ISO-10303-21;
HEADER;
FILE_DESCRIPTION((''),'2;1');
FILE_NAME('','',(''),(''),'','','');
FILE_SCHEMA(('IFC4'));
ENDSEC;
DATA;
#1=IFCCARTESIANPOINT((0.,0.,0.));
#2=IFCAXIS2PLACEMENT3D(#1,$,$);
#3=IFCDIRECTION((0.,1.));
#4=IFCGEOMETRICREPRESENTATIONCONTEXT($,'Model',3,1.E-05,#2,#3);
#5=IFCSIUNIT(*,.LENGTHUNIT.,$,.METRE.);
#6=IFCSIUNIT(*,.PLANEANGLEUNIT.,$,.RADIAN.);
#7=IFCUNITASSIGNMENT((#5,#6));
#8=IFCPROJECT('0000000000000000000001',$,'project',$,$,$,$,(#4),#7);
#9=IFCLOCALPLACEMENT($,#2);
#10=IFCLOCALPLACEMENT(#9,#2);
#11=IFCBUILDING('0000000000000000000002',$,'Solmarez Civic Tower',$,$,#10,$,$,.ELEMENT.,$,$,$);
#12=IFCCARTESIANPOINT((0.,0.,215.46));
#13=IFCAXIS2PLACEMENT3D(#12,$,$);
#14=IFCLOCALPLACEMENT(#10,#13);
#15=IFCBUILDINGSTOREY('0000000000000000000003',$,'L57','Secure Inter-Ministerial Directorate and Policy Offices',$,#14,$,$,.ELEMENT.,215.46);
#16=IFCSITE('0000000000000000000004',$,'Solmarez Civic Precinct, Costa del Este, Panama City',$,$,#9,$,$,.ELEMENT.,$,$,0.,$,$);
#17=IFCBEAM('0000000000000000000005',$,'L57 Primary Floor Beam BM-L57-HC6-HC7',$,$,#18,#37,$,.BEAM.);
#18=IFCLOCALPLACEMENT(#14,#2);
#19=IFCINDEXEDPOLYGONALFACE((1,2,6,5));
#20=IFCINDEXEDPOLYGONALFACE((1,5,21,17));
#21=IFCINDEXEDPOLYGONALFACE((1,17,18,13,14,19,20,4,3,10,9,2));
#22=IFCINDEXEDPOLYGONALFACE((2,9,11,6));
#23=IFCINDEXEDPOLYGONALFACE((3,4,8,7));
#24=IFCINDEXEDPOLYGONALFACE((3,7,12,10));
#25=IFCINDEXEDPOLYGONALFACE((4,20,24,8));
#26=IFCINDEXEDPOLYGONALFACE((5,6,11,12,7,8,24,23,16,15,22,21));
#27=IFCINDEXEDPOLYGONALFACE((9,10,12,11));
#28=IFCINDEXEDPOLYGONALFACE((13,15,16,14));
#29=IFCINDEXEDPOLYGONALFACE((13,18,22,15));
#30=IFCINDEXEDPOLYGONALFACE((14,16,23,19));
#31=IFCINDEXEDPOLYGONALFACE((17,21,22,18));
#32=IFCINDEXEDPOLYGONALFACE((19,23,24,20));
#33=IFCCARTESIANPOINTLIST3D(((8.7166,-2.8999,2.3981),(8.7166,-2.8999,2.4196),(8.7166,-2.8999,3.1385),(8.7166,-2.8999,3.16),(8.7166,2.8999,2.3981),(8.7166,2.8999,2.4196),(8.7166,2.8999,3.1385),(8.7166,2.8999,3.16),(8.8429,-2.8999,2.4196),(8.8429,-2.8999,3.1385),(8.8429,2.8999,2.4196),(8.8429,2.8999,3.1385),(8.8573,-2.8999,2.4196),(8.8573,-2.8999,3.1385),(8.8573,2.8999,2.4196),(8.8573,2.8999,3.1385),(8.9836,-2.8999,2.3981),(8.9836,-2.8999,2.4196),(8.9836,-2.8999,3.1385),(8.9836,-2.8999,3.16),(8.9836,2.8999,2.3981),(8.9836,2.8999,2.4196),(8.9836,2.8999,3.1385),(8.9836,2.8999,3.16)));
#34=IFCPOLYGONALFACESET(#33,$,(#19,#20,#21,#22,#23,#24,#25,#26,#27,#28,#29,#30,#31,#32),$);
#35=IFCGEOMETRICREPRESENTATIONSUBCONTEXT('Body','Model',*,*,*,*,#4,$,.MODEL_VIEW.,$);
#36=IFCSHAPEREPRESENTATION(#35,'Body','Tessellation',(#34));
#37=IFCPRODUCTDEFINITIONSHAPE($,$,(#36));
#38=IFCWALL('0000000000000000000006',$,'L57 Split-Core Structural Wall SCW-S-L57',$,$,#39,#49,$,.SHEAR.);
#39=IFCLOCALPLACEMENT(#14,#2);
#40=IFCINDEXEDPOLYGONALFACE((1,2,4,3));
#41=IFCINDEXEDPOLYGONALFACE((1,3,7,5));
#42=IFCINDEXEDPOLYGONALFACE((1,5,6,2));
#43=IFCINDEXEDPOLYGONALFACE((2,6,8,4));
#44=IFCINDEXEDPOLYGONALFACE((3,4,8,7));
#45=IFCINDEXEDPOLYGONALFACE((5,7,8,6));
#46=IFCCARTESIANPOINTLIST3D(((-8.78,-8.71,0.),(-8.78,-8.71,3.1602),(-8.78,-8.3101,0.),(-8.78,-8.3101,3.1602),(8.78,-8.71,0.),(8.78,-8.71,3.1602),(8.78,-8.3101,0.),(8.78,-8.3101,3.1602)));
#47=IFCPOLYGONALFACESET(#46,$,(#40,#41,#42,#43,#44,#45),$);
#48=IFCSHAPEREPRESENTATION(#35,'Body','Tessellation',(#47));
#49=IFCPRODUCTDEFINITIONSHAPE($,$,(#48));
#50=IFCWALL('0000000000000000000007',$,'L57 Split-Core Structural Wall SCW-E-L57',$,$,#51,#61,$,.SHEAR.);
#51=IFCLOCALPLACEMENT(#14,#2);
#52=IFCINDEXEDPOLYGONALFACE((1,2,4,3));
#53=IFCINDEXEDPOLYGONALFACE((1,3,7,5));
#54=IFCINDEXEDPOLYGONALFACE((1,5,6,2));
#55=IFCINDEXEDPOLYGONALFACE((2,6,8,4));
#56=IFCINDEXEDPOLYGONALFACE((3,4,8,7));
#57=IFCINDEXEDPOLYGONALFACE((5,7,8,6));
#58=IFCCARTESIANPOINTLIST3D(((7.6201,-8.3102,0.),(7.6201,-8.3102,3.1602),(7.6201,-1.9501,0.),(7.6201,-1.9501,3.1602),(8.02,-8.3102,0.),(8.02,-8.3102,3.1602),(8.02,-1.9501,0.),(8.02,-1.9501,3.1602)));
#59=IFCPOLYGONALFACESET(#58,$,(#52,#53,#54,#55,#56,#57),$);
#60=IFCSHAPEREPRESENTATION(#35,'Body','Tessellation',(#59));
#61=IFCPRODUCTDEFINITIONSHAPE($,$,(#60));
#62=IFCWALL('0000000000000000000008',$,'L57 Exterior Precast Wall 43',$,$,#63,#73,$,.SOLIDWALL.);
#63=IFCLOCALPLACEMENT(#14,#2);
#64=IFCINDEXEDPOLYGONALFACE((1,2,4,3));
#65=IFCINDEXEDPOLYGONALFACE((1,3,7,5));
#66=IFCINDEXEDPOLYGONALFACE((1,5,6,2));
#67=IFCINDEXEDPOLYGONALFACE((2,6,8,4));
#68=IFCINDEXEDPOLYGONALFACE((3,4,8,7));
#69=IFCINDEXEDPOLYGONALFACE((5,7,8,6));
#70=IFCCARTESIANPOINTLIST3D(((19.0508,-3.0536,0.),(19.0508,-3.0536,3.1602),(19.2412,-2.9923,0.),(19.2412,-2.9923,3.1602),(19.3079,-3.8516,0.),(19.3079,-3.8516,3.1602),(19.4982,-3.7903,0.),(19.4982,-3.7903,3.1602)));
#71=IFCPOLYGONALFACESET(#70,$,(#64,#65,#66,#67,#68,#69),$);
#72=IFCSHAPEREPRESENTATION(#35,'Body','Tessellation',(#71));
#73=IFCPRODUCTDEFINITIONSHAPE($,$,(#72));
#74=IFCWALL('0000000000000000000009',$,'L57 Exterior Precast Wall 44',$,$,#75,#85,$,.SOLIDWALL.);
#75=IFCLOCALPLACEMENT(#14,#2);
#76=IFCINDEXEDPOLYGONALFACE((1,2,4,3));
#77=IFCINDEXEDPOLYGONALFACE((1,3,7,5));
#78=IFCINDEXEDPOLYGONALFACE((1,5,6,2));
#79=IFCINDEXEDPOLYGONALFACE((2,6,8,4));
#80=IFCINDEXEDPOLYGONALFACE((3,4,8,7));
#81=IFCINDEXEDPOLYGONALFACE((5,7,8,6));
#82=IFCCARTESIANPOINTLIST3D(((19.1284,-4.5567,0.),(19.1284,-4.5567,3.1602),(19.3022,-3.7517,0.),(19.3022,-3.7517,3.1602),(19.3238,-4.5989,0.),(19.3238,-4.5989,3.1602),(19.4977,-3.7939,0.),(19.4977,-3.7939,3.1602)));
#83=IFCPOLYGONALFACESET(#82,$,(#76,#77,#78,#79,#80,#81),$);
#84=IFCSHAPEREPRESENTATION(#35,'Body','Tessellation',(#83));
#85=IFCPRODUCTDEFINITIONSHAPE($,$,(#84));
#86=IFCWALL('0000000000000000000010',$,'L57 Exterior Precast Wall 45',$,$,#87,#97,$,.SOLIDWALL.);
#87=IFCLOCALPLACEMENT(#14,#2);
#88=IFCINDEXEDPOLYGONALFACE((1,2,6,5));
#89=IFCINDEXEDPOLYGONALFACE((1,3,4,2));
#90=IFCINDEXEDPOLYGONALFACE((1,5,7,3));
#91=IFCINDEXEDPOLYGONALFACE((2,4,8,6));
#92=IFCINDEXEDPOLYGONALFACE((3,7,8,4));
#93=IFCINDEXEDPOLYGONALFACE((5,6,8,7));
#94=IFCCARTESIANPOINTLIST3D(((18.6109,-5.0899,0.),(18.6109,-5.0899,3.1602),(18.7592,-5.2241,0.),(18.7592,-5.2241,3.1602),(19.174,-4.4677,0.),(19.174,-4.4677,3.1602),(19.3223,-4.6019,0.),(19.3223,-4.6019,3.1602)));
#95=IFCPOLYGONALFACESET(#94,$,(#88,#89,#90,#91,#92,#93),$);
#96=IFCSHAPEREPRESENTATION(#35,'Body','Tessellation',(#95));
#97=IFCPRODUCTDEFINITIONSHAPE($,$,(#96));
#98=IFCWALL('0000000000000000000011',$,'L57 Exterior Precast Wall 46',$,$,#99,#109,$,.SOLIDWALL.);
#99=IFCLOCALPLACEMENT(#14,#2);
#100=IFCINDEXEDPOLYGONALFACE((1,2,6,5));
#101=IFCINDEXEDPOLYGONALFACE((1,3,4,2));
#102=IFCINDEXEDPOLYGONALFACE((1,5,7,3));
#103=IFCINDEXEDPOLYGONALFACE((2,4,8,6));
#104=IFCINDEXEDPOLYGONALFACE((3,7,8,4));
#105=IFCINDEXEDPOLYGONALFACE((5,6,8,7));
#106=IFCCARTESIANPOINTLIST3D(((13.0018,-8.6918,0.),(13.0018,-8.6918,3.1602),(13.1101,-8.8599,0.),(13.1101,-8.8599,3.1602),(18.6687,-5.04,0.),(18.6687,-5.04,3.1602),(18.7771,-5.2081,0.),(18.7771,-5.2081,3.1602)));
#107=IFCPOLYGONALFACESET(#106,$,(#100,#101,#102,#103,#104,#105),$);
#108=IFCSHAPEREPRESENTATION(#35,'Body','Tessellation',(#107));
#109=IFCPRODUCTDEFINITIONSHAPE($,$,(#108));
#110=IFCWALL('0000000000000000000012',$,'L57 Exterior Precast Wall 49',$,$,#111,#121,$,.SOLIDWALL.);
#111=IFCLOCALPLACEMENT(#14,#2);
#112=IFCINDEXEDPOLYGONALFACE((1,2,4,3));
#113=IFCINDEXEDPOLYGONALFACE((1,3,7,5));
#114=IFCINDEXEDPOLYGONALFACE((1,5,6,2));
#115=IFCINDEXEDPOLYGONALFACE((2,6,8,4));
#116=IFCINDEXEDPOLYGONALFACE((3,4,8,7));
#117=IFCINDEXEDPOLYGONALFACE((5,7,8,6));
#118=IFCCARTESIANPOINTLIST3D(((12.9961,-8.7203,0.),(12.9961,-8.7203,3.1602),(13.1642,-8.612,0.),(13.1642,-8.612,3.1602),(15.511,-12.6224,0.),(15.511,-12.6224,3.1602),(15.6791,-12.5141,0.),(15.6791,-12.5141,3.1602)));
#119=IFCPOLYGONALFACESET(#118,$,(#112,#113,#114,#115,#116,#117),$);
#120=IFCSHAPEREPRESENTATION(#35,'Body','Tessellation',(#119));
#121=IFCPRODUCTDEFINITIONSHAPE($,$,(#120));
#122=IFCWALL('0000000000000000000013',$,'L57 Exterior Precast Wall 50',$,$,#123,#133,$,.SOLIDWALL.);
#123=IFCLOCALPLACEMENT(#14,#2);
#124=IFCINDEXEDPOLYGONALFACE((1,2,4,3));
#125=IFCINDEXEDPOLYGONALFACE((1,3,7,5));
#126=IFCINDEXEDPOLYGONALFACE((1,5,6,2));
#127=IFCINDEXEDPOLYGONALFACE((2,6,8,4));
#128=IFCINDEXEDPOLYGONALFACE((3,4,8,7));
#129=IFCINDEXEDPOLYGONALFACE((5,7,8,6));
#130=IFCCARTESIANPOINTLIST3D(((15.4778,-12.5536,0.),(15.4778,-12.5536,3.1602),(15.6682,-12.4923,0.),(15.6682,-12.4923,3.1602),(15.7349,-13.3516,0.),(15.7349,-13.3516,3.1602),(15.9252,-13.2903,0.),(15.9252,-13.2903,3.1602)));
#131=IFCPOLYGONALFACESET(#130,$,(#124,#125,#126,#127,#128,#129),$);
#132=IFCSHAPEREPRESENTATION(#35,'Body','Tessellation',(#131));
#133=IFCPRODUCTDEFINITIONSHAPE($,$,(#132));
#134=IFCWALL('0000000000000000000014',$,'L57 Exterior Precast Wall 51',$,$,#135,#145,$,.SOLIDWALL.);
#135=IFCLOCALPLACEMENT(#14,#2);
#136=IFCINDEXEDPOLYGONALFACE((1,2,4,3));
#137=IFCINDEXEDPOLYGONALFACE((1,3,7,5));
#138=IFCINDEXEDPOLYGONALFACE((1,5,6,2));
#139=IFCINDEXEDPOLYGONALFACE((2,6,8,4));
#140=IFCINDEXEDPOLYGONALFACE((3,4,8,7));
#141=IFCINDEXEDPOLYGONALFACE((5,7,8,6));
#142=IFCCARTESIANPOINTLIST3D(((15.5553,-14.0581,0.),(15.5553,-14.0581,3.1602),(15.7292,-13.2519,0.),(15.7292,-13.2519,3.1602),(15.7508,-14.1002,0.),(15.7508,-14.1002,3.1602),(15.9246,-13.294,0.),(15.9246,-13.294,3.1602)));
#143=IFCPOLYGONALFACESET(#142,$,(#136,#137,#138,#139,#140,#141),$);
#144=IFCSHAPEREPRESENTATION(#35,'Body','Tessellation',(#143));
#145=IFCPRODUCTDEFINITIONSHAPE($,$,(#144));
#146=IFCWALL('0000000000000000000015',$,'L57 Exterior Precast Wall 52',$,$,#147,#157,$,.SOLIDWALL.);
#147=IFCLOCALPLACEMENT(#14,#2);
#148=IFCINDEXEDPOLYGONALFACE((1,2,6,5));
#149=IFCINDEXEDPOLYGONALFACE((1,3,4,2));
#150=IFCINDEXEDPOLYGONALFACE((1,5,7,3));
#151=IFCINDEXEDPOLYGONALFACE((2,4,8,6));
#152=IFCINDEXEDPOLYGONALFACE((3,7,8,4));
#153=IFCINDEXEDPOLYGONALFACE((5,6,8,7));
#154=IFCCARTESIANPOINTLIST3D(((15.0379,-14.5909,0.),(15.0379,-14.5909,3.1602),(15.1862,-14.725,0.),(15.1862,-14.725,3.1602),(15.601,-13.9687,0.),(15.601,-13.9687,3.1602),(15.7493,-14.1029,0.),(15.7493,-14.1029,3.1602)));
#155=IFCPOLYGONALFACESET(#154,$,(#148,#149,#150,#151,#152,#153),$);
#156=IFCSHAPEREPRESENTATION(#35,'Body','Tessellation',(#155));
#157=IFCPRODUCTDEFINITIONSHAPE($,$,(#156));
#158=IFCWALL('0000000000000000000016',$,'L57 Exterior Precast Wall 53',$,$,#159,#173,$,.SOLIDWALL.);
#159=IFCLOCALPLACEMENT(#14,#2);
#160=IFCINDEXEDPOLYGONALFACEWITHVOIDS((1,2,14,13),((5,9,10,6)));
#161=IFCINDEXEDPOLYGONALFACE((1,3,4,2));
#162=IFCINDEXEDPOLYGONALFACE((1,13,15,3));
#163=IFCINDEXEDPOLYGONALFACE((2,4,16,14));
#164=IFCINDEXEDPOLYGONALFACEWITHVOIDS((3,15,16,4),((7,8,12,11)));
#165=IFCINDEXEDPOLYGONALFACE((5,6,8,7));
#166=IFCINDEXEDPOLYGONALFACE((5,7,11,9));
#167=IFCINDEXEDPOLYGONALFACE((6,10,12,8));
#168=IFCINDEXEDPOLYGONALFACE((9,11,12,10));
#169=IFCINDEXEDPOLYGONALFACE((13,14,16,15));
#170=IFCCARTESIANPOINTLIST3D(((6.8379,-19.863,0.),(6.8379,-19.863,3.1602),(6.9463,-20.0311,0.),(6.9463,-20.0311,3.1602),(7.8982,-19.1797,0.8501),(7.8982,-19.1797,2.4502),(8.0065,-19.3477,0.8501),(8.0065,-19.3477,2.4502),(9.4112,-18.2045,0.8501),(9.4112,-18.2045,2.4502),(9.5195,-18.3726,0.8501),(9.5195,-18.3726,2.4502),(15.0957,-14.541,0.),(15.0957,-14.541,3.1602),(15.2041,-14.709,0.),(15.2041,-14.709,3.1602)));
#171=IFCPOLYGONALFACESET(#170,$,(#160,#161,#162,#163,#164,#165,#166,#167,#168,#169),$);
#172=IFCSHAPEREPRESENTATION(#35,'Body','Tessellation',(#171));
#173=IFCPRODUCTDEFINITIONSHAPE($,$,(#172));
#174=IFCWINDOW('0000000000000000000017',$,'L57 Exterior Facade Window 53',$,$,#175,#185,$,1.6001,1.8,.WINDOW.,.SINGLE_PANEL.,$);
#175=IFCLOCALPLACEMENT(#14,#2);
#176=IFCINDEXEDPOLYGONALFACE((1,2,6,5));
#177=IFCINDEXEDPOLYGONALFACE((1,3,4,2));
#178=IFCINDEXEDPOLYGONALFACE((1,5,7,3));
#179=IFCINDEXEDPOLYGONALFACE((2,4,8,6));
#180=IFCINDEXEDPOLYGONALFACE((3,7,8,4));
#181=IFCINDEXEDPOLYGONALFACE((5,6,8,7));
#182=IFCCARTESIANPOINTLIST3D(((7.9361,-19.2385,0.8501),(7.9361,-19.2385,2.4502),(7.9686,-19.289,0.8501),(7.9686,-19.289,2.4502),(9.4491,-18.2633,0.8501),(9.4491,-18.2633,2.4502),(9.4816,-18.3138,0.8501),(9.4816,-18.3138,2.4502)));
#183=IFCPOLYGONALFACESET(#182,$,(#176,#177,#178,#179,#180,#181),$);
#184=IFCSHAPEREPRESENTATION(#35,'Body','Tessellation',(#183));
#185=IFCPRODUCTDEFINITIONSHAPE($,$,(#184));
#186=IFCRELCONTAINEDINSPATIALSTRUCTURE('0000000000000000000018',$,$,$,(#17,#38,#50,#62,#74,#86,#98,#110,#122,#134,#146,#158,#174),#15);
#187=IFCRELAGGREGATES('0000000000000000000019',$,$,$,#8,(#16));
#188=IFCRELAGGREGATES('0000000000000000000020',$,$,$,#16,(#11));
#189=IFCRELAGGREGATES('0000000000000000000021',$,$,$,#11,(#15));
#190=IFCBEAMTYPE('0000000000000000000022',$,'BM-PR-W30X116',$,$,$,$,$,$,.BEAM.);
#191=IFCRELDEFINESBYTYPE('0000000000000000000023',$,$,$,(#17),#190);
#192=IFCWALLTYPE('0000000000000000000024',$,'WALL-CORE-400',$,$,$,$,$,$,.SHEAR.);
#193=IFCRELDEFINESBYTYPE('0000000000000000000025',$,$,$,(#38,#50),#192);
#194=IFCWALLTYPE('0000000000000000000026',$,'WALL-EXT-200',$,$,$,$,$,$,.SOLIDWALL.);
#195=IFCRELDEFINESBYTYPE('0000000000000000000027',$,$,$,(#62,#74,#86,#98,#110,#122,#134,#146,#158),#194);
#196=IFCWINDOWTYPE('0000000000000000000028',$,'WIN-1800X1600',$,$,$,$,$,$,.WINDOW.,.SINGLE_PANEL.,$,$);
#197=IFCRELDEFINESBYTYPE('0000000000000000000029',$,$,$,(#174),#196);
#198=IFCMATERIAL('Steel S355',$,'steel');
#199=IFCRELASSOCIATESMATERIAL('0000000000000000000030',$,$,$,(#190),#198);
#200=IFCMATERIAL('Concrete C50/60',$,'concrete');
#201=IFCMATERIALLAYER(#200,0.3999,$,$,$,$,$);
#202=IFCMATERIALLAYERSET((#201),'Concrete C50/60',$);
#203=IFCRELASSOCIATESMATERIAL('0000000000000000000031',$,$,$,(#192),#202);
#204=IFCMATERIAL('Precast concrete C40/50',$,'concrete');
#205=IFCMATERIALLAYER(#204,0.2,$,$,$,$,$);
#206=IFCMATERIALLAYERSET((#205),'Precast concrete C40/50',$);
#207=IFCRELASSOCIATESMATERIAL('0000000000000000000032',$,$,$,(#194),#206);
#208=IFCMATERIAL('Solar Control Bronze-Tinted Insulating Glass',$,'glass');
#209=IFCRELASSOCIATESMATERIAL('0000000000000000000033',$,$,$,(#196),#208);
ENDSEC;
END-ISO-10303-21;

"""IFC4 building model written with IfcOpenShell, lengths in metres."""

from ifc_helpers import new_model, si_unit, direction, frame, frame_2d, origin, origin_2d, place, context, subcontext, project, spatial, rectangle, i_section, extrude, material, layer, layer_set, material_profile, profile_set, type_object, element, fill, save


model = new_model("IFC4")

# Units and contexts
model_context = context("Model", 3, precision=1e-05, world=origin(), true_north=direction((0.0, 1.0)))
body_context = subcontext(model_context, "Body", "Model", "MODEL_VIEW")
ifc_project = project(units=[si_unit("LENGTHUNIT", "METRE"), si_unit("PLANEANGLEUNIT", "RADIAN")], contexts=[model_context])

# Site, building, storey
site_placement = place(None, origin())
site = spatial("IfcSite", under=ifc_project, at=site_placement, Name="Solmarez Civic Precinct, Costa del Este, Panama City", CompositionType="ELEMENT", RefElevation=0.0)
building_placement = place(site_placement, origin())
building = spatial("IfcBuilding", under=site, at=building_placement, Name="Solmarez Civic Tower", CompositionType="ELEMENT")
storey_placement = place(building_placement, frame((0.0, 0.0, 215.46)))
storey = spatial("IfcBuildingStorey", under=building, at=storey_placement, Name="L57", Description="Secure Inter-Ministerial Directorate and Policy Offices", CompositionType="ELEMENT", Elevation=215.46)

# Shared definitions
ifc_material_1 = material(Name="Concrete C50/60", Category="concrete")
ifc_material_2 = material(Name="Steel S355", Category="steel")

# Beam
ifc_material_profile_1 = material_profile(ifc_material_2, i_section(OverallWidth=0.2671, OverallDepth=0.762, WebThickness=0.0144, FlangeThickness=0.0215, at=origin_2d()), Name="W30X116")
ifc_profile_set_1 = profile_set([ifc_material_profile_1], Name="Steel S355")
beam_type_1 = type_object("IfcBeamType", Name="BM-PR-W30X116", PredefinedType="BEAM", material=ifc_profile_set_1)
beam_1_placement = place(storey_placement, frame((8.8501, -2.8999, 2.7791), z_axis=(0.0, 1.0, 0.0), x_axis=(-1.0, 0.0, 0.0)))
element("IfcBeam", 1, at=beam_1_placement, inside=storey, type_object=beam_type_1, Name="L57 Primary Floor Beam BM-L57-HC6-HC7", PredefinedType="BEAM", context=body_context, shape_type="SweptSolid", body=[
    extrude(i_section(OverallWidth=0.2671, OverallDepth=0.762, WebThickness=0.0144, FlangeThickness=0.0215, at=origin_2d()), origin(), (0.0, 0.0, 1.0), 5.7998),
])

# Walls
ifc_layer_1 = layer(ifc_material_1, 0.3999)
ifc_layer_set_1 = layer_set([ifc_layer_1], Name="Concrete C50/60")
wall_type_1 = type_object("IfcWallType", Name="WALL-CORE-400", PredefinedType="SHEAR", material=ifc_layer_set_1)
wall_1_placement = place(storey_placement, frame((8.78, -8.51, 0.0), z_axis=(0.0, 0.0, 1.0), x_axis=(-1.0, 0.0, 0.0)))
element("IfcWall", 2, at=wall_1_placement, inside=storey, type_object=wall_type_1, Name="L57 Split-Core Structural Wall SCW-S-L57", PredefinedType="SHEAR", context=body_context, shape_type="SweptSolid", body=[
    extrude(rectangle(XDim=17.5601, YDim=0.3999, at=frame_2d((8.78, 0.0))), origin(), (0.0, 0.0, 1.0), 3.1602),
])
wall_2_placement = place(storey_placement, frame((7.8201, -1.95, 0.0), z_axis=(0.0, 0.0, 1.0), x_axis=(0.0, -1.0, 0.0)))
element("IfcWall", 3, at=wall_2_placement, inside=storey, type_object=wall_type_1, Name="L57 Split-Core Structural Wall SCW-E-L57", PredefinedType="SHEAR", context=body_context, shape_type="SweptSolid", body=[
    extrude(rectangle(XDim=6.3601, YDim=0.3999, at=frame_2d((3.1802, 0.0))), origin(), (0.0, 0.0, 1.0), 3.1602),
])
ifc_material_3 = material(Name="Precast concrete C40/50", Category="concrete")
ifc_layer_2 = layer(ifc_material_3, 0.2)
ifc_layer_set_2 = layer_set([ifc_layer_2], Name="Precast concrete C40/50")
wall_type_2 = type_object("IfcWallType", Name="WALL-EXT-200", PredefinedType="SOLIDWALL", material=ifc_layer_set_2)
wall_3_placement = place(storey_placement, frame((19.146, -3.0229, 0.0), z_axis=(0.0, 0.0, 1.0), x_axis=(0.306603, -0.951838, 0.0)))
element("IfcWall", 4, at=wall_3_placement, inside=storey, type_object=wall_type_2, Name="L57 Exterior Precast Wall 43", PredefinedType="SOLIDWALL", context=body_context, shape_type="SweptSolid", body=[
    extrude(rectangle(XDim=0.8384, YDim=0.2, at=frame_2d((0.4192, 0.0))), origin(), (0.0, 0.0, 1.0), 3.1602),
])
wall_4_placement = place(storey_placement, frame((19.3999, -3.7729, 0.0), z_axis=(0.0, 0.0, 1.0), x_axis=(-0.211088, -0.977467, 0.0)))
element("IfcWall", 5, at=wall_4_placement, inside=storey, type_object=wall_type_2, Name="L57 Exterior Precast Wall 44", PredefinedType="SOLIDWALL", context=body_context, shape_type="SweptSolid", body=[
    extrude(rectangle(XDim=0.8235, YDim=0.2, at=frame_2d((0.4116, 0.0))), origin(), (0.0, 0.0, 1.0), 3.1602),
])
wall_5_placement = place(storey_placement, frame((19.248, -4.5349, 0.0), z_axis=(0.0, 0.0, 1.0), x_axis=(-0.67102, -0.741439, 0.0)))
element("IfcWall", 6, at=wall_5_placement, inside=storey, type_object=wall_type_2, Name="L57 Exterior Precast Wall 45", PredefinedType="SOLIDWALL", context=body_context, shape_type="SweptSolid", body=[
    extrude(rectangle(XDim=0.8391, YDim=0.2, at=frame_2d((0.4194, 0.0))), origin(), (0.0, 0.0, 1.0), 3.1602),
])
wall_6_placement = place(storey_placement, frame((18.7229, -5.124, 0.0), z_axis=(0.0, 0.0, 1.0), x_axis=(-0.840585, -0.54168, 0.0)))
element("IfcWall", 7, at=wall_6_placement, inside=storey, type_object=wall_type_2, Name="L57 Exterior Precast Wall 46", PredefinedType="SOLIDWALL", context=body_context, shape_type="SweptSolid", body=[
    extrude(rectangle(XDim=6.7417, YDim=0.2, at=frame_2d((3.3708, 0.0))), origin(), (0.0, 0.0, 1.0), 3.1602),
])
wall_7_placement = place(storey_placement, frame((13.0801, -8.666, 0.0), z_axis=(0.0, 0.0, 1.0), x_axis=(0.541733, -0.840551, 0.0)))
element("IfcWall", 8, at=wall_7_placement, inside=storey, type_object=wall_type_2, Name="L57 Exterior Precast Wall 49", PredefinedType="SOLIDWALL", context=body_context, shape_type="SweptSolid", body=[
    extrude(rectangle(XDim=4.6423, YDim=0.2, at=frame_2d((2.3213, 0.0))), origin(), (0.0, 0.0, 1.0), 3.1602),
])
wall_8_placement = place(storey_placement, frame((15.573, -12.5229, 0.0), z_axis=(0.0, 0.0, 1.0), x_axis=(0.306603, -0.951838, 0.0)))
element("IfcWall", 9, at=wall_8_placement, inside=storey, type_object=wall_type_2, Name="L57 Exterior Precast Wall 50", PredefinedType="SOLIDWALL", context=body_context, shape_type="SweptSolid", body=[
    extrude(rectangle(XDim=0.8384, YDim=0.2, at=frame_2d((0.4192, 0.0))), origin(), (0.0, 0.0, 1.0), 3.1602),
])
wall_9_placement = place(storey_placement, frame((15.8269, -13.2729, 0.0), z_axis=(0.0, 0.0, 1.0), x_axis=(-0.210782, -0.977533, 0.0)))
element("IfcWall", 10, at=wall_9_placement, inside=storey, type_object=wall_type_2, Name="L57 Exterior Precast Wall 51", PredefinedType="SOLIDWALL", context=body_context, shape_type="SweptSolid", body=[
    extrude(rectangle(XDim=0.8247, YDim=0.2, at=frame_2d((0.4124, 0.0))), origin(), (0.0, 0.0, 1.0), 3.1602),
])
wall_10_placement = place(storey_placement, frame((15.675, -14.0359, 0.0), z_axis=(0.0, 0.0, 1.0), x_axis=(-0.67102, -0.741439, 0.0)))
element("IfcWall", 11, at=wall_10_placement, inside=storey, type_object=wall_type_2, Name="L57 Exterior Precast Wall 52", PredefinedType="SOLIDWALL", context=body_context, shape_type="SweptSolid", body=[
    extrude(rectangle(XDim=0.8391, YDim=0.2, at=frame_2d((0.4194, 0.0))), origin(), (0.0, 0.0, 1.0), 3.1602),
])

# Wall, opening, window
wall_11_placement = place(storey_placement, frame((15.1499, -14.625, 0.0), z_axis=(0.0, 0.0, 1.0), x_axis=(-0.840556, -0.541724, 0.0)))
wall_11 = element("IfcWall", 12, at=wall_11_placement, inside=storey, type_object=wall_type_2, Name="L57 Exterior Precast Wall 53", PredefinedType="SOLIDWALL", context=body_context, shape_type="SweptSolid", body=[
    extrude(rectangle(XDim=9.8242, YDim=0.2, at=frame_2d((4.9121, 0.0))), origin(), (0.0, 0.0, 1.0), 3.1602),
])
opening_1_placement = place(wall_11_placement, frame((6.7629, 0.0, 0.8501)))
opening_1 = element("IfcOpeningElement", 13, at=opening_1_placement, cuts=wall_11, PredefinedType="OPENING", context=body_context, shape_type="SweptSolid", body=[
    extrude(rectangle(XDim=1.8, YDim=1.6001, at=frame_2d((0.8999, 0.8))), frame((0.0, 0.1099, 0.0), z_axis=(0.0, -1.0, 0.0), x_axis=(1.0, 0.0, 0.0)), (0.0, 0.0, 1.0), 0.22),
])
ifc_material_4 = material(Name="Solar Control Bronze-Tinted Insulating Glass", Category="glass")
window_type = type_object("IfcWindowType", Name="WIN-1800X1600", PartitioningType="SINGLE_PANEL", PredefinedType="WINDOW", material=ifc_material_4)
window_placement = place(opening_1_placement, origin())
window = element("IfcWindow", 14, at=window_placement, inside=storey, type_object=window_type, Name="L57 Exterior Facade Window 53", OverallHeight=1.6001, OverallWidth=1.8, PartitioningType="SINGLE_PANEL", PredefinedType="WINDOW", context=body_context, shape_type="SweptSolid", body=[
    extrude(rectangle(XDim=1.8, YDim=1.6001, at=frame_2d((0.8999, 0.8))), frame((0.0, 0.03, 0.0), z_axis=(0.0, -1.0, 0.0), x_axis=(1.0, 0.0, 0.0)), (0.0, 0.0, 1.0), 0.0601),
])
fill(opening_1, window)

save(model, "model.ifc")
